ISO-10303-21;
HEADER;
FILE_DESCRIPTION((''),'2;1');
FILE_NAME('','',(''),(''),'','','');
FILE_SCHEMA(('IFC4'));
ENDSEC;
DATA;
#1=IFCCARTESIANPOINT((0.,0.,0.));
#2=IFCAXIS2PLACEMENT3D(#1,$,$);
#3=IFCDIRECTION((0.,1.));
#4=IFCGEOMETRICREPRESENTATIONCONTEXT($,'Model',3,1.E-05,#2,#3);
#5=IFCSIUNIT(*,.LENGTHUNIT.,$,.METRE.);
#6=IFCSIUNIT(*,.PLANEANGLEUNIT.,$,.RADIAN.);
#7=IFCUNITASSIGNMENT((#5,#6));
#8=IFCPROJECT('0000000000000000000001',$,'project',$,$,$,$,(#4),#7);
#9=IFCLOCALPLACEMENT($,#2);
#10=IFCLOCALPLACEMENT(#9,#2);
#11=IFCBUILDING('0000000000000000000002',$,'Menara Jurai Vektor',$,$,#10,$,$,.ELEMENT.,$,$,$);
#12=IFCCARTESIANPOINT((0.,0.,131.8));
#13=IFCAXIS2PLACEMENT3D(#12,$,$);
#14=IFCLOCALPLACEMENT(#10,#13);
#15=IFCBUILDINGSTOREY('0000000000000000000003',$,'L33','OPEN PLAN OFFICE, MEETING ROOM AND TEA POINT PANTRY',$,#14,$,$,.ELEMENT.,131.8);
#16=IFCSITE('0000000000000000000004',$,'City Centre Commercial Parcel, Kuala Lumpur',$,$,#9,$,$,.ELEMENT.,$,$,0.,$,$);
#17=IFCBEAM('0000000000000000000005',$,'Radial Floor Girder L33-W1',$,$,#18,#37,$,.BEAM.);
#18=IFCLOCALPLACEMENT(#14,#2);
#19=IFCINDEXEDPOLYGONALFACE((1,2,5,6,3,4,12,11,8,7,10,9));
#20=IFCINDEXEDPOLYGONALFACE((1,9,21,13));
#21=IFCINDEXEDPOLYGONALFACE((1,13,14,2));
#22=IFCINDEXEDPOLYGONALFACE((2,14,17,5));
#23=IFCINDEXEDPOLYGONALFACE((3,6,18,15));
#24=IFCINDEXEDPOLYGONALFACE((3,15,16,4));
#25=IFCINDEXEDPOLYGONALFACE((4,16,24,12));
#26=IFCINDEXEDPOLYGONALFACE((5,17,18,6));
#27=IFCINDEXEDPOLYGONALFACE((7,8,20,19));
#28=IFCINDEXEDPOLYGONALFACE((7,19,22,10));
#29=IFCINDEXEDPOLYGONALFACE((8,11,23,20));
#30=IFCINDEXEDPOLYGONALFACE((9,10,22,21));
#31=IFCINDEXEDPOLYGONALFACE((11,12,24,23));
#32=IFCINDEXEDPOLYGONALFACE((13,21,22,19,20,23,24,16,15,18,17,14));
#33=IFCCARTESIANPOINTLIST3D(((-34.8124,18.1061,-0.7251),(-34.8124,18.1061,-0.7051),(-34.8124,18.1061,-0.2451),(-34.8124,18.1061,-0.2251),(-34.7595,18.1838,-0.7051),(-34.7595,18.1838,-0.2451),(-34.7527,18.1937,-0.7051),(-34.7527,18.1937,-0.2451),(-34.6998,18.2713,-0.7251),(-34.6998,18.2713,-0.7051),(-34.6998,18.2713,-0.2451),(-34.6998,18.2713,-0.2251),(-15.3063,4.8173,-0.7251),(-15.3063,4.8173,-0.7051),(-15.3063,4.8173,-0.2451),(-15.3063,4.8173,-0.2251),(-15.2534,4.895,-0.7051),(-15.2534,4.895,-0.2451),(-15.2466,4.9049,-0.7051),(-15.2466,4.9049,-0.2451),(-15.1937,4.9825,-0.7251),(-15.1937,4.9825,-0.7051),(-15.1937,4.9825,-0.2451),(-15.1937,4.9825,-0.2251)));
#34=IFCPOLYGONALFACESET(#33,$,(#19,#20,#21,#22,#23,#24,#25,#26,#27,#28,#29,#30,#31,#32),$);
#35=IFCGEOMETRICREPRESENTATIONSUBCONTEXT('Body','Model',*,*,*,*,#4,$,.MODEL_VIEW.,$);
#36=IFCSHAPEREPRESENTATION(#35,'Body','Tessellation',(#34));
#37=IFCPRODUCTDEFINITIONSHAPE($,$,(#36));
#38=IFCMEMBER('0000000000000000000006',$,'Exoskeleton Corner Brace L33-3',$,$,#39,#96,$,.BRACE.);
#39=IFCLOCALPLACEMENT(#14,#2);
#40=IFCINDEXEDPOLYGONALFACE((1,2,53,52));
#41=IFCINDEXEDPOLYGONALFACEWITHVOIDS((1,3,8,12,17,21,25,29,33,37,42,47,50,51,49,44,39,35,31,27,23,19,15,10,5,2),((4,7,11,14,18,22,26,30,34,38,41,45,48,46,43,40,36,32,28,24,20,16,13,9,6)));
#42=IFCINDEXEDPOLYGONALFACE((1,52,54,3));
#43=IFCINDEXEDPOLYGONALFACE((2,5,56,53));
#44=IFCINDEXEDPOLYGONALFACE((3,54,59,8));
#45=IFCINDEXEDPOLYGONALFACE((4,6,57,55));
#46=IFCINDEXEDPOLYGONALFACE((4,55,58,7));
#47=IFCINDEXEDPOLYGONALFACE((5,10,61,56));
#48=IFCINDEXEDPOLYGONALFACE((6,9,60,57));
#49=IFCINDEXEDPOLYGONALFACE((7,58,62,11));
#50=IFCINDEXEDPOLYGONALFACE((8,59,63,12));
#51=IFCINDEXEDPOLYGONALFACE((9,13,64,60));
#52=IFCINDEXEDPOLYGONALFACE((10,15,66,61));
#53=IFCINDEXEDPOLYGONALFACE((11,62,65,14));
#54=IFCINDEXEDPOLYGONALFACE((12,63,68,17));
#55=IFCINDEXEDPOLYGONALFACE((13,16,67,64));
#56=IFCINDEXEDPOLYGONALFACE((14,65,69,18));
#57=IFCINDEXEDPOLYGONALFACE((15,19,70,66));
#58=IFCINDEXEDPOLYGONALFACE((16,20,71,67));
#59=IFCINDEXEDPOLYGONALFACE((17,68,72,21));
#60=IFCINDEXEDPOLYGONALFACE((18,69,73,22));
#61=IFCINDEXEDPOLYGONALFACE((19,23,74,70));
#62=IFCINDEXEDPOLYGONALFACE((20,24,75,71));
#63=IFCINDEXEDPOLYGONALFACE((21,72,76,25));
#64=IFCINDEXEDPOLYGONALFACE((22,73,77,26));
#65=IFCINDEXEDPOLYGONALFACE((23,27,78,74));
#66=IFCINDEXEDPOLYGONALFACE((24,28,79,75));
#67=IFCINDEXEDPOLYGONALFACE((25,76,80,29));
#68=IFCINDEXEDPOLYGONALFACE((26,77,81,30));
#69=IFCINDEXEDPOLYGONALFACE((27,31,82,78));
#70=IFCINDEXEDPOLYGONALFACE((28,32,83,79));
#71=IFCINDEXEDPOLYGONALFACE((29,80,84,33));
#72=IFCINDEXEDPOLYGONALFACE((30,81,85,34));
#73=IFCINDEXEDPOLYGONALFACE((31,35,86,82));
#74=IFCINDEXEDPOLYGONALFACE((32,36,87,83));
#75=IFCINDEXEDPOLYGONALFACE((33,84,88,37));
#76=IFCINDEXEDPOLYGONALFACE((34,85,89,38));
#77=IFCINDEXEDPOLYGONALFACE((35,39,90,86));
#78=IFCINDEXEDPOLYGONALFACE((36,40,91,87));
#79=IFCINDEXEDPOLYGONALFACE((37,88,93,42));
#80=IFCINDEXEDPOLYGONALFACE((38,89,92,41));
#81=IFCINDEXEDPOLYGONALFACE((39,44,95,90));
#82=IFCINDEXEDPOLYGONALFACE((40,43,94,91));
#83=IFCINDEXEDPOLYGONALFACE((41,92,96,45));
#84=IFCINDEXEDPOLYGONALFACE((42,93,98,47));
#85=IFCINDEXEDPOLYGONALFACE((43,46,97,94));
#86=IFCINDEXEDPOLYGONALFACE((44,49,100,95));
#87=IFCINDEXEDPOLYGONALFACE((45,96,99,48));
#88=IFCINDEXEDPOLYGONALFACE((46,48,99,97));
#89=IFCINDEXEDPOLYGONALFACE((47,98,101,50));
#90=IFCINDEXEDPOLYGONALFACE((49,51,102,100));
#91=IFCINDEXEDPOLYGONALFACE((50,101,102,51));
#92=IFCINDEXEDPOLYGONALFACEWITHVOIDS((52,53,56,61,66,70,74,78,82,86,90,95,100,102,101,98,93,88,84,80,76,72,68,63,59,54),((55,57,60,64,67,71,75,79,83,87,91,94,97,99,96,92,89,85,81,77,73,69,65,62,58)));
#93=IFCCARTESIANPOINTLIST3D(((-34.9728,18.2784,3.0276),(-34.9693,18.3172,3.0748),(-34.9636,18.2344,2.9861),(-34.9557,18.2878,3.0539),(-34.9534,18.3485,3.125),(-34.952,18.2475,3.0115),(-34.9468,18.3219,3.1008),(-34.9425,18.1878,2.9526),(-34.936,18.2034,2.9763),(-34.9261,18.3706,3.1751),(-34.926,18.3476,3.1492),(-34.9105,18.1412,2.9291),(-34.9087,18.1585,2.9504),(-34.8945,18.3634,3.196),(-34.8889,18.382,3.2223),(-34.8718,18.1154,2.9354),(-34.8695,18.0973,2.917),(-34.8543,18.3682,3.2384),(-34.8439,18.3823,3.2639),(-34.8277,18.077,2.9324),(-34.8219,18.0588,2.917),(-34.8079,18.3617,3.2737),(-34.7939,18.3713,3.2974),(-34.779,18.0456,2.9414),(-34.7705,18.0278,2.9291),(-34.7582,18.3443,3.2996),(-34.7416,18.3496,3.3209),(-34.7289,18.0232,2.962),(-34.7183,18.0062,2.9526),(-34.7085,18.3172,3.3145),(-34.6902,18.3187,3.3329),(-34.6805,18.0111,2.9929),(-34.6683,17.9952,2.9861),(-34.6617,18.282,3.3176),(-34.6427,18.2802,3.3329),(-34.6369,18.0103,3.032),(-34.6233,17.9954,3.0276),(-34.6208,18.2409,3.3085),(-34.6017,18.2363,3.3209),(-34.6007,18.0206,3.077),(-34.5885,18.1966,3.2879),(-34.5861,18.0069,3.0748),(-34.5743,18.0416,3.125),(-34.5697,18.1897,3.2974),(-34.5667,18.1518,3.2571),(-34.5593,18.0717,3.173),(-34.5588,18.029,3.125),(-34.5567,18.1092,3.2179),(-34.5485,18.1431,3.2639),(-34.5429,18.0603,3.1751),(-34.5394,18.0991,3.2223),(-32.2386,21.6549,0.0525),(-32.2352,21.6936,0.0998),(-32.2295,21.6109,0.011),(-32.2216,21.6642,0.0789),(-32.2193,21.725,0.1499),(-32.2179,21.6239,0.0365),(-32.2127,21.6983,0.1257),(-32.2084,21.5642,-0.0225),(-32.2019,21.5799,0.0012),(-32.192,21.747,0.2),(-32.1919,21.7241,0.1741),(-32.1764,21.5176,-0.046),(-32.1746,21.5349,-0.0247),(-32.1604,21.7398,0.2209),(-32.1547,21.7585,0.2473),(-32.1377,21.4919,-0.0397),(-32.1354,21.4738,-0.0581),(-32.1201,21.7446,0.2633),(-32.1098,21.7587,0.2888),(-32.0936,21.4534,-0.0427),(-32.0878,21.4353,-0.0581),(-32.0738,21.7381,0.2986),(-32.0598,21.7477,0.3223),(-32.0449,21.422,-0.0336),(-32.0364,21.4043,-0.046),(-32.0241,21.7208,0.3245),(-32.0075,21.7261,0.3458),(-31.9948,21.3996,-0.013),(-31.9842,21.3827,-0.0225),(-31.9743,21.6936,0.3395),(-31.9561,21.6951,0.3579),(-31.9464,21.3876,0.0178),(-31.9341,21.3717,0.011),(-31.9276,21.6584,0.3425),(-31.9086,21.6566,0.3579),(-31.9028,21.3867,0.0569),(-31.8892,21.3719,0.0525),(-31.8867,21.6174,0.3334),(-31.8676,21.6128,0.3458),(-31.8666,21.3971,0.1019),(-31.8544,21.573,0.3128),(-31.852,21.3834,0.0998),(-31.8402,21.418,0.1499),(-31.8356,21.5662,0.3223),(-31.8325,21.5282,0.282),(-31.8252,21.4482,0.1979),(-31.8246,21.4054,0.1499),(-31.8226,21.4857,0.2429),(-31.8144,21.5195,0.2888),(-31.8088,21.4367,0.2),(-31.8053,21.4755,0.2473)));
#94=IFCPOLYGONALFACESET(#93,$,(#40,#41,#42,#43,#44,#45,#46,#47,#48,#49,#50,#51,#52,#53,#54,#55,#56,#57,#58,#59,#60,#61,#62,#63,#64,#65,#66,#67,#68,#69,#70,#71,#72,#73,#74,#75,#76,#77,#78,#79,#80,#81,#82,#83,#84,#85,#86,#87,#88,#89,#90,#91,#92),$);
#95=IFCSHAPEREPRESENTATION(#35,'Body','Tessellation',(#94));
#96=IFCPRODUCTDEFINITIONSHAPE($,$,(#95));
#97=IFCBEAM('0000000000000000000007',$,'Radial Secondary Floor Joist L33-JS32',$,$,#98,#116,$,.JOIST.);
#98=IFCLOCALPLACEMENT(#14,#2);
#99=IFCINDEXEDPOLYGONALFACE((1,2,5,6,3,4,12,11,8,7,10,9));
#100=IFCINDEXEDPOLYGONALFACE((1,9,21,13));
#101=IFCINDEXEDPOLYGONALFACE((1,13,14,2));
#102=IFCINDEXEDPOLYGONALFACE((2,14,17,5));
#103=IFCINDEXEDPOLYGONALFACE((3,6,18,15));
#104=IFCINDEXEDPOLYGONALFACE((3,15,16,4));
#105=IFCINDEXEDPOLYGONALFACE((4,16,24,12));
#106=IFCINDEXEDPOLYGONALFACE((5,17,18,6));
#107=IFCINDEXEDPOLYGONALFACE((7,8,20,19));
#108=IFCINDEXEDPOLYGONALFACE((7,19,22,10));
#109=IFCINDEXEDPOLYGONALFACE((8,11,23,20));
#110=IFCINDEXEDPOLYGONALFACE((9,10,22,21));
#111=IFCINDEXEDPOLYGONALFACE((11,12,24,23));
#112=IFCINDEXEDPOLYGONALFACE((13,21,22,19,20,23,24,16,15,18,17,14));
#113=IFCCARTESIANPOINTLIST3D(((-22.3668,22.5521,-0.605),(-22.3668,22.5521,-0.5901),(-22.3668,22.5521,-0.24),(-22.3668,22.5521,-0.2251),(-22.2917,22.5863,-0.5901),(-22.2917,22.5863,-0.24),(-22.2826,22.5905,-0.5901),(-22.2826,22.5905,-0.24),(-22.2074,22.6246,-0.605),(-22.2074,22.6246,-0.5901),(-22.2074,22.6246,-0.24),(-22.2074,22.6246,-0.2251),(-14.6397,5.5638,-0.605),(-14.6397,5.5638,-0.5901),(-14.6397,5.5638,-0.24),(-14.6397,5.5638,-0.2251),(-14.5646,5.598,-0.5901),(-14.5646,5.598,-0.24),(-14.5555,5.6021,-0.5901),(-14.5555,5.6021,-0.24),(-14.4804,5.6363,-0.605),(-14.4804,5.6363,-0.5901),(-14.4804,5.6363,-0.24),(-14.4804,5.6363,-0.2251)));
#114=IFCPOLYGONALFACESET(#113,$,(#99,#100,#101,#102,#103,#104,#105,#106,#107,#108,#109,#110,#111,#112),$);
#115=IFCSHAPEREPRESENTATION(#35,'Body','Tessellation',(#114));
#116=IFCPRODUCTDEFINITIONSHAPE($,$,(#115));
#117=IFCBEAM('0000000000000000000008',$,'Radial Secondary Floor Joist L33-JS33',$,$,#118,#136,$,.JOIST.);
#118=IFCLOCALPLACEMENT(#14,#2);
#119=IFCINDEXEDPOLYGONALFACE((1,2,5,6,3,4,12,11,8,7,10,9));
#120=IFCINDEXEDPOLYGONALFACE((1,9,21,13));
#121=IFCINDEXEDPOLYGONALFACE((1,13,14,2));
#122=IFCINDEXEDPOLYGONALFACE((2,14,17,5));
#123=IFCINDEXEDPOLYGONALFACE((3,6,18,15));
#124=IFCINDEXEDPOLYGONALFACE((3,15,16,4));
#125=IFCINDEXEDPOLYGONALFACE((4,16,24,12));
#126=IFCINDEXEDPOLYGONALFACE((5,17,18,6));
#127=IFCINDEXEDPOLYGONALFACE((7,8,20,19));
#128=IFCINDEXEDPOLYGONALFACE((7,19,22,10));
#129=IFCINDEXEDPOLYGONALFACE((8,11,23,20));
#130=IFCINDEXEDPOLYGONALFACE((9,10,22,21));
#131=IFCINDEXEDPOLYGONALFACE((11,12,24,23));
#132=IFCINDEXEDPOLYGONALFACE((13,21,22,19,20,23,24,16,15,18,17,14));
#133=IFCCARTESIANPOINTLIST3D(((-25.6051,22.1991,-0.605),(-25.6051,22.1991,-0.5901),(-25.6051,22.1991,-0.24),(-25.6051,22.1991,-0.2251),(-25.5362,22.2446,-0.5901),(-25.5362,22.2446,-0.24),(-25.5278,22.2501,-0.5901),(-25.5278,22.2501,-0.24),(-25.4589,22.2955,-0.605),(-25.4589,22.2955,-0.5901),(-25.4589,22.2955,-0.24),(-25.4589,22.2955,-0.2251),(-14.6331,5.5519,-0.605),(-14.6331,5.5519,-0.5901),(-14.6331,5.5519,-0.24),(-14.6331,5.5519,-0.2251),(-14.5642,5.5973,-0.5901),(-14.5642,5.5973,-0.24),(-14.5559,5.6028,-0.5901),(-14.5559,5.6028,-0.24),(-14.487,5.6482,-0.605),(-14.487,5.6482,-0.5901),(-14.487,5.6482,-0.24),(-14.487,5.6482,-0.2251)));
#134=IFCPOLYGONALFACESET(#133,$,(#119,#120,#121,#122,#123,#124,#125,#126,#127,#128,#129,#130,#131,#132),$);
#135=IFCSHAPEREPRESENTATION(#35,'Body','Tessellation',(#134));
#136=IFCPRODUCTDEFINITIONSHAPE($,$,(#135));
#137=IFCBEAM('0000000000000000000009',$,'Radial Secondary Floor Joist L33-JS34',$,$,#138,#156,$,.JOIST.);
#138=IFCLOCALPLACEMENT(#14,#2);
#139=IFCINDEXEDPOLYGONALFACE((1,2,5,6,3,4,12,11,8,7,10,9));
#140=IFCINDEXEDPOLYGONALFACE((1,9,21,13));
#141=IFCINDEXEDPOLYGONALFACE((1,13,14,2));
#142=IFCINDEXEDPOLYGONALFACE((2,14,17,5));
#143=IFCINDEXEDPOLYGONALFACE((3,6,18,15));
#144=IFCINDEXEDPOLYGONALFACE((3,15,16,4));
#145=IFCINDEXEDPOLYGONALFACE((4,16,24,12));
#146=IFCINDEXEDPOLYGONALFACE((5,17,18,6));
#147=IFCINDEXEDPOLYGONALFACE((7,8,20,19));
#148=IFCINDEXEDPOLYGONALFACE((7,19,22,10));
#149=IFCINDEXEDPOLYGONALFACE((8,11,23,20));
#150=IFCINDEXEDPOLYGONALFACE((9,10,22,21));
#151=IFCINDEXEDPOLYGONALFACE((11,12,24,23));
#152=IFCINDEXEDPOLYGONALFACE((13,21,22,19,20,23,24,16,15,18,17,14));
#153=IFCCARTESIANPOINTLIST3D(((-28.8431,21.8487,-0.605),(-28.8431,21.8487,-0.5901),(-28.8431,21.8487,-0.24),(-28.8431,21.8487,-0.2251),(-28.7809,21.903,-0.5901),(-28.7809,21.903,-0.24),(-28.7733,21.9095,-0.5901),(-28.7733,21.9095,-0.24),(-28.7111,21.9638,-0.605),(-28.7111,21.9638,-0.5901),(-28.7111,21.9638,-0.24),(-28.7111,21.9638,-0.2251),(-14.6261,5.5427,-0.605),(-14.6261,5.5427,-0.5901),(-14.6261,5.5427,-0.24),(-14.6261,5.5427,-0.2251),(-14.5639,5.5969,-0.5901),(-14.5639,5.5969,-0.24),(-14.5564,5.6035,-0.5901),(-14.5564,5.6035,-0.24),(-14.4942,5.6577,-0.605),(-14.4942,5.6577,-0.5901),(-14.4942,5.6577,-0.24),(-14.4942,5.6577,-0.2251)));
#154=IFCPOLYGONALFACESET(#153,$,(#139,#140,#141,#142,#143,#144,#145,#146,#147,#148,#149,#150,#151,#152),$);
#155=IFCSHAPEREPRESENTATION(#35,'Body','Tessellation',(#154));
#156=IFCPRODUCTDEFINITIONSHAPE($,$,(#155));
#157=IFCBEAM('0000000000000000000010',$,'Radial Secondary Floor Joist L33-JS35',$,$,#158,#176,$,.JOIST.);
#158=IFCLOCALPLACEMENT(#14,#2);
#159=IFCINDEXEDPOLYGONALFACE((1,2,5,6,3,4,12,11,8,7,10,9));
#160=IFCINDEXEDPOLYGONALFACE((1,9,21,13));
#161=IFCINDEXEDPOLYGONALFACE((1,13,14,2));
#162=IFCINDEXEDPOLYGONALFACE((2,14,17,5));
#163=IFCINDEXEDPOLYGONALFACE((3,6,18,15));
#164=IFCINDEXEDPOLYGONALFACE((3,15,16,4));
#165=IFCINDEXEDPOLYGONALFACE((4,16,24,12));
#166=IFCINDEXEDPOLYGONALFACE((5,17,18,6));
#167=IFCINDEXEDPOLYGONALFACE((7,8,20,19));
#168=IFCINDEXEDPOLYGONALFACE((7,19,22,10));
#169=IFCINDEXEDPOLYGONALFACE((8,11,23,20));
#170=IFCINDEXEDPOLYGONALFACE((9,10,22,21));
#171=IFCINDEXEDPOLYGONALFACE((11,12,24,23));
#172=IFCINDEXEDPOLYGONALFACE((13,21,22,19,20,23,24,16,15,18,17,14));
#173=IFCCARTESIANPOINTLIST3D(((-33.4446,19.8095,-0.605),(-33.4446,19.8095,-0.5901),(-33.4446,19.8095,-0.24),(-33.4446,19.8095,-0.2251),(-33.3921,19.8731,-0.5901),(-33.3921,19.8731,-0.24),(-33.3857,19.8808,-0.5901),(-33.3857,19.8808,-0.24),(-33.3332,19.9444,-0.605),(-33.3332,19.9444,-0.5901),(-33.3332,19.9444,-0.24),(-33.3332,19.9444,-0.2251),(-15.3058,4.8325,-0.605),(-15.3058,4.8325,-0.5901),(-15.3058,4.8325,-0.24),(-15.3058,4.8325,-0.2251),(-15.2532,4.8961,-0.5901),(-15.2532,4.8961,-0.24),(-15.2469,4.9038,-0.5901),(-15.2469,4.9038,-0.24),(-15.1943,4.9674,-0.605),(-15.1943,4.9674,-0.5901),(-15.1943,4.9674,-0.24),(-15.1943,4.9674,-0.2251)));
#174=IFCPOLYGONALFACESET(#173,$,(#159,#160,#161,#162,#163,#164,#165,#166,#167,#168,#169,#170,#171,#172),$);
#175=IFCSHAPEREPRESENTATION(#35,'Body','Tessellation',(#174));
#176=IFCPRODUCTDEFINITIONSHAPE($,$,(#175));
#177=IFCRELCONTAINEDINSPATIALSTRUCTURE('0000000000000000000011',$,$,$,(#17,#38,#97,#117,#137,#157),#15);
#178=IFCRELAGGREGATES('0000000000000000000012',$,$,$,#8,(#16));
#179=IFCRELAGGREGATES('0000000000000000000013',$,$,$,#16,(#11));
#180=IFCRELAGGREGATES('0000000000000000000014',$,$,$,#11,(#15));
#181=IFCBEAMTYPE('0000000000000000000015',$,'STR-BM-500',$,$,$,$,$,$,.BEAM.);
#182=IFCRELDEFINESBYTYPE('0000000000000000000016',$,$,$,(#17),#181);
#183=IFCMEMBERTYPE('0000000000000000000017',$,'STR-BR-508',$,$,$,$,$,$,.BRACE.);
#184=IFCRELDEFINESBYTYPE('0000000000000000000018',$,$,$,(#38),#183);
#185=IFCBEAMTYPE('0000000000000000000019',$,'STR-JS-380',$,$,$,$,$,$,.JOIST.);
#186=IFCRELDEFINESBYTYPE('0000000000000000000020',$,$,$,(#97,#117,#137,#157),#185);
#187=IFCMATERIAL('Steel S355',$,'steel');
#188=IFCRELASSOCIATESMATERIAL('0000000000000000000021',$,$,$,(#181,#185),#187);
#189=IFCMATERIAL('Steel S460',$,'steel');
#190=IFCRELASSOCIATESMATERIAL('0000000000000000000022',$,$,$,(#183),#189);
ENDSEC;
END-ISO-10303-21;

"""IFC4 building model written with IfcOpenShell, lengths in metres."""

from ifc_helpers import new_model, si_unit, direction, frame, origin, origin_2d, place, context, subcontext, project, spatial, hollow_circle, i_section, extrude, material, material_profile, profile_set, type_object, element, save


model = new_model("IFC4")

# Units and contexts
model_context = context("Model", 3, precision=1e-05, world=origin(), true_north=direction((0.0, 1.0)))
body_context = subcontext(model_context, "Body", "Model", "MODEL_VIEW")
ifc_project = project(units=[si_unit("LENGTHUNIT", "METRE"), si_unit("PLANEANGLEUNIT", "RADIAN")], contexts=[model_context])

# Site, building, storey
site_placement = place(None, origin())
site = spatial("IfcSite", under=ifc_project, at=site_placement, Name="City Centre Commercial Parcel, Kuala Lumpur", CompositionType="ELEMENT", RefElevation=0.0)
building_placement = place(site_placement, origin())
building = spatial("IfcBuilding", under=site, at=building_placement, Name="Menara Jurai Vektor", CompositionType="ELEMENT")
storey_placement = place(building_placement, frame((0.0, 0.0, 131.8)))
storey = spatial("IfcBuildingStorey", under=building, at=storey_placement, Name="L33", Description="OPEN PLAN OFFICE, MEETING ROOM AND TEA POINT PANTRY", CompositionType="ELEMENT", Elevation=131.8)

# Shared definitions
ifc_material_1 = material(Name="Steel S460", Category="steel")

# Beam
ifc_material_2 = material(Name="Steel S355", Category="steel")
ifc_material_profile_1 = material_profile(ifc_material_2, i_section(OverallWidth=0.2, OverallDepth=0.5, WebThickness=0.012, FlangeThickness=0.02, at=origin_2d()), Name="PG 500x200x96")
ifc_profile_set_1 = profile_set([ifc_material_profile_1], Name="Steel S355")
beam_type_1 = type_object("IfcBeamType", Name="STR-BM-500", PredefinedType="BEAM", material=ifc_profile_set_1)
beam_1_placement = place(storey_placement, frame((-34.7561, 18.1887, -0.4751), z_axis=(0.82644, -0.563024, 0.0), x_axis=(0.563024, 0.82644, 0.0)))
element("IfcBeam", 1, at=beam_1_placement, inside=storey, type_object=beam_type_1, Name="Radial Floor Girder L33-W1", PredefinedType="BEAM", context=body_context, shape_type="SweptSolid", body=[
    extrude(i_section(OverallWidth=0.2, OverallDepth=0.5, WebThickness=0.012, FlangeThickness=0.02, at=origin_2d()), origin(), (0.0, 0.0, 1.0), 23.6025),
])

# Member
ifc_material_profile_2 = material_profile(ifc_material_1, hollow_circle(Radius=0.2539, WallThickness=0.02, at=origin_2d()), Name="CHS 508x20")
ifc_profile_set_2 = profile_set([ifc_material_profile_2], Name="Steel S460")
member_type_1 = type_object("IfcMemberType", Name="STR-BR-508", PredefinedType="BRACE", material=ifc_profile_set_2)
member_1_placement = place(storey_placement, frame((-32.022, 21.5652, 0.1499), z_axis=(-0.519238, -0.641223, 0.565), x_axis=(0.777155, -0.62931, 0.0)))
element("IfcMember", 2, at=member_1_placement, inside=storey, type_object=member_type_1, Name="Exoskeleton Corner Brace L33-3", PredefinedType="BRACE", context=body_context, shape_type="SweptSolid", body=[
    extrude(hollow_circle(Radius=0.2539, WallThickness=0.02, at=origin_2d()), origin(), (0.0, 0.0, 1.0), 5.2656),
])

# Beams
ifc_material_profile_3 = material_profile(ifc_material_2, i_section(OverallWidth=0.175, OverallDepth=0.3799, WebThickness=0.01, FlangeThickness=0.0149, at=origin_2d()), Name="PG 380x175x58")
ifc_profile_set_3 = profile_set([ifc_material_profile_3], Name="Steel S355")
beam_type_2 = type_object("IfcBeamType", Name="STR-JS-380", PredefinedType="JOIST", material=ifc_profile_set_3)
beam_2_placement = place(storey_placement, frame((-22.2871, 22.5884, -0.415), z_axis=(0.41403, -0.910263, 0.0), x_axis=(0.910263, 0.41403, 0.0)))
element("IfcBeam", 3, at=beam_2_placement, inside=storey, type_object=beam_type_2, Name="Radial Secondary Floor Joist L33-JS32", PredefinedType="JOIST", context=body_context, shape_type="SweptSolid", body=[
    extrude(i_section(OverallWidth=0.175, OverallDepth=0.3799, WebThickness=0.01, FlangeThickness=0.0149, at=origin_2d()), origin(), (0.0, 0.0, 1.0), 18.6631),
])
beam_3_placement = place(storey_placement, frame((-25.532, 22.2473, -0.415), z_axis=(0.55031, -0.834961, 0.0), x_axis=(0.834961, 0.55031, 0.0)))
element("IfcBeam", 4, at=beam_3_placement, inside=storey, type_object=beam_type_2, Name="Radial Secondary Floor Joist L33-JS33", PredefinedType="JOIST", context=body_context, shape_type="SweptSolid", body=[
    extrude(i_section(OverallWidth=0.175, OverallDepth=0.3799, WebThickness=0.01, FlangeThickness=0.0149, at=origin_2d()), origin(), (0.0, 0.0, 1.0), 19.9377),
])
beam_4_placement = place(storey_placement, frame((-28.7771, 21.9062, -0.415), z_axis=(0.657173, -0.75374, 0.0), x_axis=(0.75374, 0.657173, 0.0)))
element("IfcBeam", 5, at=beam_4_placement, inside=storey, type_object=beam_type_2, Name="Radial Secondary Floor Joist L33-JS34", PredefinedType="JOIST", context=body_context, shape_type="SweptSolid", body=[
    extrude(i_section(OverallWidth=0.175, OverallDepth=0.3799, WebThickness=0.01, FlangeThickness=0.0149, at=origin_2d()), origin(), (0.0, 0.0, 1.0), 21.6335),
])
beam_5_placement = place(storey_placement, frame((-33.3889, 19.877, -0.415), z_axis=(0.771114, -0.636698, 0.0), x_axis=(0.636698, 0.771114, 0.0)))
element("IfcBeam", 6, at=beam_5_placement, inside=storey, type_object=beam_type_2, Name="Radial Secondary Floor Joist L33-JS35", PredefinedType="JOIST", context=body_context, shape_type="SweptSolid", body=[
    extrude(i_section(OverallWidth=0.175, OverallDepth=0.3799, WebThickness=0.01, FlangeThickness=0.0149, at=origin_2d()), origin(), (0.0, 0.0, 1.0), 23.5229),
])

save(model, "model.ifc")
